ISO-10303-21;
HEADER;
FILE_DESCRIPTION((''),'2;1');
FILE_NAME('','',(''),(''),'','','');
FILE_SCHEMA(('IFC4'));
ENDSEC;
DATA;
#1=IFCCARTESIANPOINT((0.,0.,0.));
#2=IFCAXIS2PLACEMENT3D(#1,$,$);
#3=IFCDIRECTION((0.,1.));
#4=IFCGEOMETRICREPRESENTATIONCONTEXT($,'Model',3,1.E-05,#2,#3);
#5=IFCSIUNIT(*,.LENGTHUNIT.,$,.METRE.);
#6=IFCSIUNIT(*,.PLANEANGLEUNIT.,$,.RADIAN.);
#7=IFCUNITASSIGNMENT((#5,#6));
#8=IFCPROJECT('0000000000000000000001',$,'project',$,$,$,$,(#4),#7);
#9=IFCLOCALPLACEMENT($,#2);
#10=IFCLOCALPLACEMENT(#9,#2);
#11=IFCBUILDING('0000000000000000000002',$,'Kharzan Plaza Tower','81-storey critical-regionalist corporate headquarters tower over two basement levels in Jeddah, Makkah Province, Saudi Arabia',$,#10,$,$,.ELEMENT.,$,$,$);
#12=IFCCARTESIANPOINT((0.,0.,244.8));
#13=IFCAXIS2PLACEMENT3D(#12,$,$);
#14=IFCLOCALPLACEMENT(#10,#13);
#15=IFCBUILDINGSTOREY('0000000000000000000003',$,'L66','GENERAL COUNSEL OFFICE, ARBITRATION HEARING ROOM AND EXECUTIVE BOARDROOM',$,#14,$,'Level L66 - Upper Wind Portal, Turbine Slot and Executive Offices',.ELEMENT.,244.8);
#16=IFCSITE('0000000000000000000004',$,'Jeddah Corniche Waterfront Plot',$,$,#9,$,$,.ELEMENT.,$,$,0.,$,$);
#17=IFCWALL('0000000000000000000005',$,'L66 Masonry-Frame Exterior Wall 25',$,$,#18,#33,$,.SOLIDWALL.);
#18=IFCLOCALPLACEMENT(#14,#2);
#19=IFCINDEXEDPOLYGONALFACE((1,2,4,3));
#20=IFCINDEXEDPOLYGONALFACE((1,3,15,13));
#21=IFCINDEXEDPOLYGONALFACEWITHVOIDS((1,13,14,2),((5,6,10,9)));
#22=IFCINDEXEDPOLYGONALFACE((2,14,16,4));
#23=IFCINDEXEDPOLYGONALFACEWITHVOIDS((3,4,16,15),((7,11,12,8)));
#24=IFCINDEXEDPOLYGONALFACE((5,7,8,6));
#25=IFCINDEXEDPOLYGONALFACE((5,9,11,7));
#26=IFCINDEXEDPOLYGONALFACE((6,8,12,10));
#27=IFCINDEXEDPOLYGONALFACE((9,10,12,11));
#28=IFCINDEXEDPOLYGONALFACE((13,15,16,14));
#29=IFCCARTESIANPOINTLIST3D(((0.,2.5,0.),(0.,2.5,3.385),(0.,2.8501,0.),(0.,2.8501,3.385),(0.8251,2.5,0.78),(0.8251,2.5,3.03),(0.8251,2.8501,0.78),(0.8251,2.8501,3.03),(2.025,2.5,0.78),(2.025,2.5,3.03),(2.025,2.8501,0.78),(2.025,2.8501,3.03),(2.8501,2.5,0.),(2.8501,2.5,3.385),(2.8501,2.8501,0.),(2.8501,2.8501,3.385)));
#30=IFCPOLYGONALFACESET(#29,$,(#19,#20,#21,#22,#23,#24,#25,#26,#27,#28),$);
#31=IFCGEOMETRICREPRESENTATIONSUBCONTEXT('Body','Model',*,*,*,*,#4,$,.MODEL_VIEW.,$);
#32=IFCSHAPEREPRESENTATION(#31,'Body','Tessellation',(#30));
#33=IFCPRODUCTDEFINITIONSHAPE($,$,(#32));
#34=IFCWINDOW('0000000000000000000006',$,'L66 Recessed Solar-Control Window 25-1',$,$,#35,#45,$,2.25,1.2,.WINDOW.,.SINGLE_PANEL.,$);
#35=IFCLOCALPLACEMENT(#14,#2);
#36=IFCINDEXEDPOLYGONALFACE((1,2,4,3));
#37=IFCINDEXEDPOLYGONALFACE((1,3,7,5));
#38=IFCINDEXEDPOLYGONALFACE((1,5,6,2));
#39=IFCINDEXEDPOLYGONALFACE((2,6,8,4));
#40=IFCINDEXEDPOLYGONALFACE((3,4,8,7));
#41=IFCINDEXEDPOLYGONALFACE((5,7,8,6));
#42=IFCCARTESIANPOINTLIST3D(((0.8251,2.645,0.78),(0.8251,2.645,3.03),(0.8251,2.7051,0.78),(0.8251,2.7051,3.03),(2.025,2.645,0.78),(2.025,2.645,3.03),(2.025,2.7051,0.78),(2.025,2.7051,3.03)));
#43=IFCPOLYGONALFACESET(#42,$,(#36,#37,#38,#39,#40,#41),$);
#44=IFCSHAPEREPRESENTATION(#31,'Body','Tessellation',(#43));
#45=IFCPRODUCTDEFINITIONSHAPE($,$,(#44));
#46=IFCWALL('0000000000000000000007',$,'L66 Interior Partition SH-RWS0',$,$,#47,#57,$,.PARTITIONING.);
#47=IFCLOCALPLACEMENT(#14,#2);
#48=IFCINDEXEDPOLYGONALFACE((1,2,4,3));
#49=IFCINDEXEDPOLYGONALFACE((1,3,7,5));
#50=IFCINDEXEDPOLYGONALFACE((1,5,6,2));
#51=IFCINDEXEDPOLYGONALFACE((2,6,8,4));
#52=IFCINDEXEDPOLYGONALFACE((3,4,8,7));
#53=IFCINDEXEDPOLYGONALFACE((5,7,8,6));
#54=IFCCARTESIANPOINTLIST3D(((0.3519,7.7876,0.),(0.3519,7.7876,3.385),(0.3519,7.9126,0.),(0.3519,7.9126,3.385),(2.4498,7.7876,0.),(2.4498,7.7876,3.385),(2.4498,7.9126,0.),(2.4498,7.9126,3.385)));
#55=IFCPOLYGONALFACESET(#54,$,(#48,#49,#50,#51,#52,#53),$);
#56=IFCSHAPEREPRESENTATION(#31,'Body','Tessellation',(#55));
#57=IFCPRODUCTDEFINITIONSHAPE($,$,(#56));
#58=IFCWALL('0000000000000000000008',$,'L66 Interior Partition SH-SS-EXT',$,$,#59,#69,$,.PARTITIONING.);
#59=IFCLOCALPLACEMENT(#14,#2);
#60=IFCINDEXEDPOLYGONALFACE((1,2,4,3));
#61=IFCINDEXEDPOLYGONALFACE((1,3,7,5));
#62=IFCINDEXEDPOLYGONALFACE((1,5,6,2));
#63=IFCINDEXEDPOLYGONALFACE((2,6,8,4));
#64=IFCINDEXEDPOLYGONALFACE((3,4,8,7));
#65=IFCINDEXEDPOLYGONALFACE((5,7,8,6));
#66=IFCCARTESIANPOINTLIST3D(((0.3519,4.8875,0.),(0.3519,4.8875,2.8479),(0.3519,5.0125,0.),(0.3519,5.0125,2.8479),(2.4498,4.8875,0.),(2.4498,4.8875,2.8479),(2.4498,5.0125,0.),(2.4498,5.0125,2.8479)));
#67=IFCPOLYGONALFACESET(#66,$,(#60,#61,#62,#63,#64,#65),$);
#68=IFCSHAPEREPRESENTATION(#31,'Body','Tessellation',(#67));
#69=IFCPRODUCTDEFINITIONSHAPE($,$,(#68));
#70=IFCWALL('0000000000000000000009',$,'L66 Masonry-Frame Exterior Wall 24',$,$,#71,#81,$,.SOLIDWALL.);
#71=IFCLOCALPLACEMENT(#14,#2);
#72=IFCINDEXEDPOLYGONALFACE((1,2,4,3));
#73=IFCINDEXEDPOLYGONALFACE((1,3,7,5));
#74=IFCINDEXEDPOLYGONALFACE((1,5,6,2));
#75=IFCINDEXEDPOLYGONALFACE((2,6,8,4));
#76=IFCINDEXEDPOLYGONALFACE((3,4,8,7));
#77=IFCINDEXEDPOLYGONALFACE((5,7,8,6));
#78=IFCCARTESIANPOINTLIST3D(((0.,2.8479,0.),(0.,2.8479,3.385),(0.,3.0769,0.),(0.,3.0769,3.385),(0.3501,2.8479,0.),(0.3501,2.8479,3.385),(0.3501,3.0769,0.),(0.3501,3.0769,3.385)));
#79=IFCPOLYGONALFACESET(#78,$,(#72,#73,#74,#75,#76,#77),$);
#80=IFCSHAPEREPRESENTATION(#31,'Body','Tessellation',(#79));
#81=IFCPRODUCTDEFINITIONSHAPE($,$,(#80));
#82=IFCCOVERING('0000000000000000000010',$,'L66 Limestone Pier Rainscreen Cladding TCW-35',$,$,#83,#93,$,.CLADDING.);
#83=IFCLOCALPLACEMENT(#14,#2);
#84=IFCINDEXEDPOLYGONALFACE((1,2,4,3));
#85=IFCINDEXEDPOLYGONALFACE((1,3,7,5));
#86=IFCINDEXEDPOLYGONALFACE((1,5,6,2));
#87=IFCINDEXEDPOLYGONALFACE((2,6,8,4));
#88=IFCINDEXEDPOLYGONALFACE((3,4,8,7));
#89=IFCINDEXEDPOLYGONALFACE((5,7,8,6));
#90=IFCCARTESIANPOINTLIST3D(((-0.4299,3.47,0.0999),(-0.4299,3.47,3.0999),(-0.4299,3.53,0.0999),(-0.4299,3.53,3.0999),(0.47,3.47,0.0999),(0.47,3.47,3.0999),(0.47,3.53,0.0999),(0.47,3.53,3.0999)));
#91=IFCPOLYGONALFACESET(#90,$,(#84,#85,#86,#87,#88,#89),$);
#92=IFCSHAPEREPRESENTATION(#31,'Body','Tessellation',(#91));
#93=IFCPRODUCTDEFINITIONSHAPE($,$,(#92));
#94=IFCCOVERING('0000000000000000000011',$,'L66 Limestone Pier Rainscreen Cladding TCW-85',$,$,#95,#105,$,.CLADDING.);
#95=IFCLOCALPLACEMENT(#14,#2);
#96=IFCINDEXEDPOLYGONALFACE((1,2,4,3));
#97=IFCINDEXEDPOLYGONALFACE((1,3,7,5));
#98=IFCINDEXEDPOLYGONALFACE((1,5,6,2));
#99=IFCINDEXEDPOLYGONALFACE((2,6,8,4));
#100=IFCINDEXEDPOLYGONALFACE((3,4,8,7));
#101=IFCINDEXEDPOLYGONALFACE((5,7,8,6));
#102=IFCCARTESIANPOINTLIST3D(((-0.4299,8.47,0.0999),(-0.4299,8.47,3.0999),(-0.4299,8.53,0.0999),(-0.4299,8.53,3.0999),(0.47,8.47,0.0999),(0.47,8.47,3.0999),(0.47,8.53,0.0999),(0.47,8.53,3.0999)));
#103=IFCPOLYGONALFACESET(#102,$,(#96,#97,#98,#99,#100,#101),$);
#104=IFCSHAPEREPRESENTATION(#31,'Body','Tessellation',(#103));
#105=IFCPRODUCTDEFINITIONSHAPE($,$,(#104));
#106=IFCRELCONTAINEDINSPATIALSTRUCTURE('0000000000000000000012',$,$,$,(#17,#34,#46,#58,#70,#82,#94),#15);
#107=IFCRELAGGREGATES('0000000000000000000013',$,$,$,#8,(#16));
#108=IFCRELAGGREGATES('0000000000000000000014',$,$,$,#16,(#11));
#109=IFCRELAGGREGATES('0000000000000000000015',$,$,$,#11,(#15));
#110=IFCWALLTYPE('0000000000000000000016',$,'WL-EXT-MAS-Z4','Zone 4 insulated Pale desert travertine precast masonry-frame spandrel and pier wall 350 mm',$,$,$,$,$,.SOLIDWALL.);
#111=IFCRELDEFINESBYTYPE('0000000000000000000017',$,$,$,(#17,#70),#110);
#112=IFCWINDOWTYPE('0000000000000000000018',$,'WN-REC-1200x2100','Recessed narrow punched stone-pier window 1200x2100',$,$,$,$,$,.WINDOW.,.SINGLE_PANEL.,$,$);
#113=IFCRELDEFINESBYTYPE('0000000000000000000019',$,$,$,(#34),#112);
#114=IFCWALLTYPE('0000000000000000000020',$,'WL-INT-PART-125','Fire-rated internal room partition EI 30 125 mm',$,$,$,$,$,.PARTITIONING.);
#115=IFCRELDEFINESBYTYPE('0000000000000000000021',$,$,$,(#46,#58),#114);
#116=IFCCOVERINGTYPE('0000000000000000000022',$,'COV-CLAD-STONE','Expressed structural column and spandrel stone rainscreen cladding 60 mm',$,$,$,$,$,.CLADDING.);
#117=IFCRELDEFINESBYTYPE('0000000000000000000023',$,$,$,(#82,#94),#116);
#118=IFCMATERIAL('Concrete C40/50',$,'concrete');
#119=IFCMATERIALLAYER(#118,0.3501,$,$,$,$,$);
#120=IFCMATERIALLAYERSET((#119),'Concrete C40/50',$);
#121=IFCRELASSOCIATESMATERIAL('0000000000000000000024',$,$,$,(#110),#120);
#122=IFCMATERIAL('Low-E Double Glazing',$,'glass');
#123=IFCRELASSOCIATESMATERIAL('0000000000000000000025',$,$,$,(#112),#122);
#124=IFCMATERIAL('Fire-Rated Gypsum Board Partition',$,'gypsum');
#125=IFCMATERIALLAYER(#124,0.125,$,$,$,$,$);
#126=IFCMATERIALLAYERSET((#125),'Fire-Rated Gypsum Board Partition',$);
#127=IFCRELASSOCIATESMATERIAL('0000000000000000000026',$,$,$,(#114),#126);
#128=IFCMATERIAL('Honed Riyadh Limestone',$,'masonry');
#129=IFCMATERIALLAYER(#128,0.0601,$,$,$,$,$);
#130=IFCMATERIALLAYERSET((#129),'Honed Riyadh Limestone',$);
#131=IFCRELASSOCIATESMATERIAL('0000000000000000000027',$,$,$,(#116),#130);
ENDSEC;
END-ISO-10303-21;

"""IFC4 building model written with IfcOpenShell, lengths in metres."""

from ifc_helpers import new_model, si_unit, direction, frame, frame_2d, origin, origin_2d, place, context, subcontext, project, spatial, rectangle, extrude, source, transform, mapped, material, layer, layer_set, type_object, element, fill, save


model = new_model("IFC4")

# Units and contexts
model_context = context("Model", 3, precision=1e-05, world=origin(), true_north=direction((0.0, 1.0)))
body_context = subcontext(model_context, "Body", "Model", "MODEL_VIEW")
ifc_project = project(units=[si_unit("LENGTHUNIT", "METRE"), si_unit("PLANEANGLEUNIT", "RADIAN")], contexts=[model_context])

# Site, building, storey
site_placement = place(None, origin())
site = spatial("IfcSite", under=ifc_project, at=site_placement, Name="Jeddah Corniche Waterfront Plot", CompositionType="ELEMENT", RefElevation=0.0)
building_placement = place(site_placement, origin())
building = spatial("IfcBuilding", under=site, at=building_placement, Name="Kharzan Plaza Tower", Description="81-storey critical-regionalist corporate headquarters tower over two basement levels in Jeddah, Makkah Province, Saudi Arabia", CompositionType="ELEMENT")
storey_placement = place(building_placement, frame((0.0, 0.0, 244.8)))
storey = spatial("IfcBuildingStorey", under=building, at=storey_placement, Name="L66", Description="GENERAL COUNSEL OFFICE, ARBITRATION HEARING ROOM AND EXECUTIVE BOARDROOM", LongName="Level L66 - Upper Wind Portal, Turbine Slot and Executive Offices", CompositionType="ELEMENT", Elevation=244.8)

# Shared definitions
ifc_material_1 = material(Name="Concrete C40/50", Category="concrete")

# Wall, opening, window
ifc_layer_1 = layer(ifc_material_1, 0.3501)
ifc_layer_set_1 = layer_set([ifc_layer_1], Name="Concrete C40/50")
wall_type_1 = type_object("IfcWallType", Name="WL-EXT-MAS-Z4", Description="Zone 4 insulated Pale desert travertine precast masonry-frame spandrel and pier wall 350 mm", PredefinedType="SOLIDWALL", material=ifc_layer_set_1)
ifc_material_2 = material(Name="Low-E Double Glazing", Category="glass")
wall_1_placement = place(storey_placement, frame((0.0, 2.675, 0.0), z_axis=(0.0, 0.0, 1.0), x_axis=(1.0, 0.0, 0.0)))
wall_1 = element("IfcWall", 1, at=wall_1_placement, inside=storey, type_object=wall_type_1, Name="L66 Masonry-Frame Exterior Wall 25", PredefinedType="SOLIDWALL", context=body_context, shape_type="SweptSolid", body=[
    extrude(rectangle(XDim=2.8501, YDim=0.3501, at=frame_2d((1.425, 0.0))), origin(), (0.0, 0.0, 1.0), 3.385),
])
opening_1_placement = place(wall_1_placement, frame((0.825, 0.0, 0.78)))
opening_1 = element("IfcOpeningElement", 2, at=opening_1_placement, cuts=wall_1, PredefinedType="OPENING", context=body_context, shape_type="SweptSolid", body=[
    extrude(rectangle(XDim=1.2, YDim=2.25, at=frame_2d((0.6001, 1.125))), frame((0.0, 0.1851, 0.0), z_axis=(0.0, -1.0, 0.0), x_axis=(1.0, 0.0, 0.0)), (0.0, 0.0, 1.0), 0.3701),
])
window_type_1 = type_object("IfcWindowType", Name="WN-REC-1200x2100", Description="Recessed narrow punched stone-pier window 1200x2100", PartitioningType="SINGLE_PANEL", PredefinedType="WINDOW", material=ifc_material_2)
shared_shape_1 = source(origin(), body_context, "Body", "SweptSolid", [
    extrude(rectangle(XDim=1.2, YDim=2.25, at=frame_2d((0.6001, 1.125))), frame((0.0, 0.03, 0.0), z_axis=(0.0, -1.0, 0.0), x_axis=(1.0, 0.0, 0.0)), (0.0, 0.0, 1.0), 0.0601),
])
window_1_placement = place(opening_1_placement, origin())
window_1 = element("IfcWindow", 3, at=window_1_placement, inside=storey, type_object=window_type_1, Name="L66 Recessed Solar-Control Window 25-1", OverallHeight=2.25, OverallWidth=1.2, PartitioningType="SINGLE_PANEL", PredefinedType="WINDOW", context=body_context, shape_type="MappedRepresentation", body=[
    mapped(shared_shape_1, transform((0.0, 0.0, 0.0), x_axis=(1.0, 0.0, 0.0), y_axis=(0.0, 1.0, 0.0), z_axis=(0.0, 0.0, 1.0))),
])
fill(opening_1, window_1)

# Walls
ifc_material_3 = material(Name="Fire-Rated Gypsum Board Partition", Category="gypsum")
ifc_layer_2 = layer(ifc_material_3, 0.125)
ifc_layer_set_2 = layer_set([ifc_layer_2], Name="Fire-Rated Gypsum Board Partition")
wall_type_2 = type_object("IfcWallType", Name="WL-INT-PART-125", Description="Fire-rated internal room partition EI 30 125 mm", PredefinedType="PARTITIONING", material=ifc_layer_set_2)
shared_shape_2 = source(origin(), body_context, "Body", "SweptSolid", [
    extrude(rectangle(XDim=2.0979, YDim=0.125, at=frame_2d((1.0488, 0.0))), origin(), (0.0, 0.0, 1.0), 3.385),
])
wall_2_placement = place(storey_placement, frame((0.3521, 7.8501, 0.0), z_axis=(0.0, 0.0, 1.0), x_axis=(1.0, 0.0, 0.0)))
element("IfcWall", 4, at=wall_2_placement, inside=storey, type_object=wall_type_2, Name="L66 Interior Partition SH-RWS0", PredefinedType="PARTITIONING", context=body_context, shape_type="MappedRepresentation", body=[
    mapped(shared_shape_2, transform((0.0, 0.0, 0.0), x_axis=(1.0, 0.0, 0.0), y_axis=(0.0, 1.0, 0.0), z_axis=(0.0, 0.0, 1.0))),
])
shared_shape_3 = source(origin(), body_context, "Body", "SweptSolid", [
    extrude(rectangle(XDim=2.0979, YDim=0.125, at=frame_2d((1.0488, 0.0))), origin(), (0.0, 0.0, 1.0), 2.8479),
])
wall_3_placement = place(storey_placement, frame((0.3521, 4.95, 0.0), z_axis=(0.0, 0.0, 1.0), x_axis=(1.0, 0.0, 0.0)))
element("IfcWall", 5, at=wall_3_placement, inside=storey, type_object=wall_type_2, Name="L66 Interior Partition SH-SS-EXT", PredefinedType="PARTITIONING", context=body_context, shape_type="MappedRepresentation", body=[
    mapped(shared_shape_3, transform((0.0, 0.0, 0.0), x_axis=(1.0, 0.0, 0.0), y_axis=(0.0, 1.0, 0.0), z_axis=(0.0, 0.0, 1.0))),
])
shared_shape_4 = source(origin(), body_context, "Body", "SweptSolid", [
    extrude(rectangle(XDim=0.229, YDim=0.3501, at=frame_2d((0.1145, 0.0))), origin(), (0.0, 0.0, 1.0), 3.385),
])
wall_4_placement = place(storey_placement, frame((0.175, 3.0769, 0.0), z_axis=(0.0, 0.0, 1.0), x_axis=(0.0, -1.0, 0.0)))
element("IfcWall", 6, at=wall_4_placement, inside=storey, type_object=wall_type_1, Name="L66 Masonry-Frame Exterior Wall 24", PredefinedType="SOLIDWALL", context=body_context, shape_type="MappedRepresentation", body=[
    mapped(shared_shape_4, transform((0.0, 0.0, 0.0), x_axis=(1.0, 0.0, 0.0), y_axis=(0.0, 1.0, 0.0), z_axis=(0.0, 0.0, 1.0))),
])

# Coverings
ifc_material_4 = material(Name="Honed Riyadh Limestone", Category="masonry")
ifc_layer_3 = layer(ifc_material_4, 0.0601)
ifc_layer_set_3 = layer_set([ifc_layer_3], Name="Honed Riyadh Limestone")
covering_type = type_object("IfcCoveringType", Name="COV-CLAD-STONE", Description="Expressed structural column and spandrel stone rainscreen cladding 60 mm", PredefinedType="CLADDING", material=ifc_layer_set_3)
shared_shape_5 = source(origin(), body_context, "Body", "SweptSolid", [
    extrude(rectangle(XDim=0.0601, YDim=0.8999, at=origin_2d()), origin(), (0.0, 0.0, 1.0), 3.0),
])
for number, where, z_axis, x_axis, name in (
    (7, (0.02, 3.5, 0.0999), (0.0, 0.0, 1.0), (0.0, 1.0, 0.0), "L66 Limestone Pier Rainscreen Cladding TCW-35"),
    (8, (0.02, 8.5, 0.0999), (0.0, 0.0, 1.0), (0.0, 1.0, 0.0), "L66 Limestone Pier Rainscreen Cladding TCW-85"),
):
    element("IfcCovering", number, at=place(storey_placement, frame(where, z_axis=z_axis, x_axis=x_axis)), inside=storey, type_object=covering_type, Name=name, PredefinedType="CLADDING", context=body_context, shape_type="MappedRepresentation", body=[
        mapped(shared_shape_5, transform((0.0, 0.0, 0.0), x_axis=(1.0, 0.0, 0.0), y_axis=(0.0, 1.0, 0.0), z_axis=(0.0, 0.0, 1.0))),
    ])

save(model, "model.ifc")
